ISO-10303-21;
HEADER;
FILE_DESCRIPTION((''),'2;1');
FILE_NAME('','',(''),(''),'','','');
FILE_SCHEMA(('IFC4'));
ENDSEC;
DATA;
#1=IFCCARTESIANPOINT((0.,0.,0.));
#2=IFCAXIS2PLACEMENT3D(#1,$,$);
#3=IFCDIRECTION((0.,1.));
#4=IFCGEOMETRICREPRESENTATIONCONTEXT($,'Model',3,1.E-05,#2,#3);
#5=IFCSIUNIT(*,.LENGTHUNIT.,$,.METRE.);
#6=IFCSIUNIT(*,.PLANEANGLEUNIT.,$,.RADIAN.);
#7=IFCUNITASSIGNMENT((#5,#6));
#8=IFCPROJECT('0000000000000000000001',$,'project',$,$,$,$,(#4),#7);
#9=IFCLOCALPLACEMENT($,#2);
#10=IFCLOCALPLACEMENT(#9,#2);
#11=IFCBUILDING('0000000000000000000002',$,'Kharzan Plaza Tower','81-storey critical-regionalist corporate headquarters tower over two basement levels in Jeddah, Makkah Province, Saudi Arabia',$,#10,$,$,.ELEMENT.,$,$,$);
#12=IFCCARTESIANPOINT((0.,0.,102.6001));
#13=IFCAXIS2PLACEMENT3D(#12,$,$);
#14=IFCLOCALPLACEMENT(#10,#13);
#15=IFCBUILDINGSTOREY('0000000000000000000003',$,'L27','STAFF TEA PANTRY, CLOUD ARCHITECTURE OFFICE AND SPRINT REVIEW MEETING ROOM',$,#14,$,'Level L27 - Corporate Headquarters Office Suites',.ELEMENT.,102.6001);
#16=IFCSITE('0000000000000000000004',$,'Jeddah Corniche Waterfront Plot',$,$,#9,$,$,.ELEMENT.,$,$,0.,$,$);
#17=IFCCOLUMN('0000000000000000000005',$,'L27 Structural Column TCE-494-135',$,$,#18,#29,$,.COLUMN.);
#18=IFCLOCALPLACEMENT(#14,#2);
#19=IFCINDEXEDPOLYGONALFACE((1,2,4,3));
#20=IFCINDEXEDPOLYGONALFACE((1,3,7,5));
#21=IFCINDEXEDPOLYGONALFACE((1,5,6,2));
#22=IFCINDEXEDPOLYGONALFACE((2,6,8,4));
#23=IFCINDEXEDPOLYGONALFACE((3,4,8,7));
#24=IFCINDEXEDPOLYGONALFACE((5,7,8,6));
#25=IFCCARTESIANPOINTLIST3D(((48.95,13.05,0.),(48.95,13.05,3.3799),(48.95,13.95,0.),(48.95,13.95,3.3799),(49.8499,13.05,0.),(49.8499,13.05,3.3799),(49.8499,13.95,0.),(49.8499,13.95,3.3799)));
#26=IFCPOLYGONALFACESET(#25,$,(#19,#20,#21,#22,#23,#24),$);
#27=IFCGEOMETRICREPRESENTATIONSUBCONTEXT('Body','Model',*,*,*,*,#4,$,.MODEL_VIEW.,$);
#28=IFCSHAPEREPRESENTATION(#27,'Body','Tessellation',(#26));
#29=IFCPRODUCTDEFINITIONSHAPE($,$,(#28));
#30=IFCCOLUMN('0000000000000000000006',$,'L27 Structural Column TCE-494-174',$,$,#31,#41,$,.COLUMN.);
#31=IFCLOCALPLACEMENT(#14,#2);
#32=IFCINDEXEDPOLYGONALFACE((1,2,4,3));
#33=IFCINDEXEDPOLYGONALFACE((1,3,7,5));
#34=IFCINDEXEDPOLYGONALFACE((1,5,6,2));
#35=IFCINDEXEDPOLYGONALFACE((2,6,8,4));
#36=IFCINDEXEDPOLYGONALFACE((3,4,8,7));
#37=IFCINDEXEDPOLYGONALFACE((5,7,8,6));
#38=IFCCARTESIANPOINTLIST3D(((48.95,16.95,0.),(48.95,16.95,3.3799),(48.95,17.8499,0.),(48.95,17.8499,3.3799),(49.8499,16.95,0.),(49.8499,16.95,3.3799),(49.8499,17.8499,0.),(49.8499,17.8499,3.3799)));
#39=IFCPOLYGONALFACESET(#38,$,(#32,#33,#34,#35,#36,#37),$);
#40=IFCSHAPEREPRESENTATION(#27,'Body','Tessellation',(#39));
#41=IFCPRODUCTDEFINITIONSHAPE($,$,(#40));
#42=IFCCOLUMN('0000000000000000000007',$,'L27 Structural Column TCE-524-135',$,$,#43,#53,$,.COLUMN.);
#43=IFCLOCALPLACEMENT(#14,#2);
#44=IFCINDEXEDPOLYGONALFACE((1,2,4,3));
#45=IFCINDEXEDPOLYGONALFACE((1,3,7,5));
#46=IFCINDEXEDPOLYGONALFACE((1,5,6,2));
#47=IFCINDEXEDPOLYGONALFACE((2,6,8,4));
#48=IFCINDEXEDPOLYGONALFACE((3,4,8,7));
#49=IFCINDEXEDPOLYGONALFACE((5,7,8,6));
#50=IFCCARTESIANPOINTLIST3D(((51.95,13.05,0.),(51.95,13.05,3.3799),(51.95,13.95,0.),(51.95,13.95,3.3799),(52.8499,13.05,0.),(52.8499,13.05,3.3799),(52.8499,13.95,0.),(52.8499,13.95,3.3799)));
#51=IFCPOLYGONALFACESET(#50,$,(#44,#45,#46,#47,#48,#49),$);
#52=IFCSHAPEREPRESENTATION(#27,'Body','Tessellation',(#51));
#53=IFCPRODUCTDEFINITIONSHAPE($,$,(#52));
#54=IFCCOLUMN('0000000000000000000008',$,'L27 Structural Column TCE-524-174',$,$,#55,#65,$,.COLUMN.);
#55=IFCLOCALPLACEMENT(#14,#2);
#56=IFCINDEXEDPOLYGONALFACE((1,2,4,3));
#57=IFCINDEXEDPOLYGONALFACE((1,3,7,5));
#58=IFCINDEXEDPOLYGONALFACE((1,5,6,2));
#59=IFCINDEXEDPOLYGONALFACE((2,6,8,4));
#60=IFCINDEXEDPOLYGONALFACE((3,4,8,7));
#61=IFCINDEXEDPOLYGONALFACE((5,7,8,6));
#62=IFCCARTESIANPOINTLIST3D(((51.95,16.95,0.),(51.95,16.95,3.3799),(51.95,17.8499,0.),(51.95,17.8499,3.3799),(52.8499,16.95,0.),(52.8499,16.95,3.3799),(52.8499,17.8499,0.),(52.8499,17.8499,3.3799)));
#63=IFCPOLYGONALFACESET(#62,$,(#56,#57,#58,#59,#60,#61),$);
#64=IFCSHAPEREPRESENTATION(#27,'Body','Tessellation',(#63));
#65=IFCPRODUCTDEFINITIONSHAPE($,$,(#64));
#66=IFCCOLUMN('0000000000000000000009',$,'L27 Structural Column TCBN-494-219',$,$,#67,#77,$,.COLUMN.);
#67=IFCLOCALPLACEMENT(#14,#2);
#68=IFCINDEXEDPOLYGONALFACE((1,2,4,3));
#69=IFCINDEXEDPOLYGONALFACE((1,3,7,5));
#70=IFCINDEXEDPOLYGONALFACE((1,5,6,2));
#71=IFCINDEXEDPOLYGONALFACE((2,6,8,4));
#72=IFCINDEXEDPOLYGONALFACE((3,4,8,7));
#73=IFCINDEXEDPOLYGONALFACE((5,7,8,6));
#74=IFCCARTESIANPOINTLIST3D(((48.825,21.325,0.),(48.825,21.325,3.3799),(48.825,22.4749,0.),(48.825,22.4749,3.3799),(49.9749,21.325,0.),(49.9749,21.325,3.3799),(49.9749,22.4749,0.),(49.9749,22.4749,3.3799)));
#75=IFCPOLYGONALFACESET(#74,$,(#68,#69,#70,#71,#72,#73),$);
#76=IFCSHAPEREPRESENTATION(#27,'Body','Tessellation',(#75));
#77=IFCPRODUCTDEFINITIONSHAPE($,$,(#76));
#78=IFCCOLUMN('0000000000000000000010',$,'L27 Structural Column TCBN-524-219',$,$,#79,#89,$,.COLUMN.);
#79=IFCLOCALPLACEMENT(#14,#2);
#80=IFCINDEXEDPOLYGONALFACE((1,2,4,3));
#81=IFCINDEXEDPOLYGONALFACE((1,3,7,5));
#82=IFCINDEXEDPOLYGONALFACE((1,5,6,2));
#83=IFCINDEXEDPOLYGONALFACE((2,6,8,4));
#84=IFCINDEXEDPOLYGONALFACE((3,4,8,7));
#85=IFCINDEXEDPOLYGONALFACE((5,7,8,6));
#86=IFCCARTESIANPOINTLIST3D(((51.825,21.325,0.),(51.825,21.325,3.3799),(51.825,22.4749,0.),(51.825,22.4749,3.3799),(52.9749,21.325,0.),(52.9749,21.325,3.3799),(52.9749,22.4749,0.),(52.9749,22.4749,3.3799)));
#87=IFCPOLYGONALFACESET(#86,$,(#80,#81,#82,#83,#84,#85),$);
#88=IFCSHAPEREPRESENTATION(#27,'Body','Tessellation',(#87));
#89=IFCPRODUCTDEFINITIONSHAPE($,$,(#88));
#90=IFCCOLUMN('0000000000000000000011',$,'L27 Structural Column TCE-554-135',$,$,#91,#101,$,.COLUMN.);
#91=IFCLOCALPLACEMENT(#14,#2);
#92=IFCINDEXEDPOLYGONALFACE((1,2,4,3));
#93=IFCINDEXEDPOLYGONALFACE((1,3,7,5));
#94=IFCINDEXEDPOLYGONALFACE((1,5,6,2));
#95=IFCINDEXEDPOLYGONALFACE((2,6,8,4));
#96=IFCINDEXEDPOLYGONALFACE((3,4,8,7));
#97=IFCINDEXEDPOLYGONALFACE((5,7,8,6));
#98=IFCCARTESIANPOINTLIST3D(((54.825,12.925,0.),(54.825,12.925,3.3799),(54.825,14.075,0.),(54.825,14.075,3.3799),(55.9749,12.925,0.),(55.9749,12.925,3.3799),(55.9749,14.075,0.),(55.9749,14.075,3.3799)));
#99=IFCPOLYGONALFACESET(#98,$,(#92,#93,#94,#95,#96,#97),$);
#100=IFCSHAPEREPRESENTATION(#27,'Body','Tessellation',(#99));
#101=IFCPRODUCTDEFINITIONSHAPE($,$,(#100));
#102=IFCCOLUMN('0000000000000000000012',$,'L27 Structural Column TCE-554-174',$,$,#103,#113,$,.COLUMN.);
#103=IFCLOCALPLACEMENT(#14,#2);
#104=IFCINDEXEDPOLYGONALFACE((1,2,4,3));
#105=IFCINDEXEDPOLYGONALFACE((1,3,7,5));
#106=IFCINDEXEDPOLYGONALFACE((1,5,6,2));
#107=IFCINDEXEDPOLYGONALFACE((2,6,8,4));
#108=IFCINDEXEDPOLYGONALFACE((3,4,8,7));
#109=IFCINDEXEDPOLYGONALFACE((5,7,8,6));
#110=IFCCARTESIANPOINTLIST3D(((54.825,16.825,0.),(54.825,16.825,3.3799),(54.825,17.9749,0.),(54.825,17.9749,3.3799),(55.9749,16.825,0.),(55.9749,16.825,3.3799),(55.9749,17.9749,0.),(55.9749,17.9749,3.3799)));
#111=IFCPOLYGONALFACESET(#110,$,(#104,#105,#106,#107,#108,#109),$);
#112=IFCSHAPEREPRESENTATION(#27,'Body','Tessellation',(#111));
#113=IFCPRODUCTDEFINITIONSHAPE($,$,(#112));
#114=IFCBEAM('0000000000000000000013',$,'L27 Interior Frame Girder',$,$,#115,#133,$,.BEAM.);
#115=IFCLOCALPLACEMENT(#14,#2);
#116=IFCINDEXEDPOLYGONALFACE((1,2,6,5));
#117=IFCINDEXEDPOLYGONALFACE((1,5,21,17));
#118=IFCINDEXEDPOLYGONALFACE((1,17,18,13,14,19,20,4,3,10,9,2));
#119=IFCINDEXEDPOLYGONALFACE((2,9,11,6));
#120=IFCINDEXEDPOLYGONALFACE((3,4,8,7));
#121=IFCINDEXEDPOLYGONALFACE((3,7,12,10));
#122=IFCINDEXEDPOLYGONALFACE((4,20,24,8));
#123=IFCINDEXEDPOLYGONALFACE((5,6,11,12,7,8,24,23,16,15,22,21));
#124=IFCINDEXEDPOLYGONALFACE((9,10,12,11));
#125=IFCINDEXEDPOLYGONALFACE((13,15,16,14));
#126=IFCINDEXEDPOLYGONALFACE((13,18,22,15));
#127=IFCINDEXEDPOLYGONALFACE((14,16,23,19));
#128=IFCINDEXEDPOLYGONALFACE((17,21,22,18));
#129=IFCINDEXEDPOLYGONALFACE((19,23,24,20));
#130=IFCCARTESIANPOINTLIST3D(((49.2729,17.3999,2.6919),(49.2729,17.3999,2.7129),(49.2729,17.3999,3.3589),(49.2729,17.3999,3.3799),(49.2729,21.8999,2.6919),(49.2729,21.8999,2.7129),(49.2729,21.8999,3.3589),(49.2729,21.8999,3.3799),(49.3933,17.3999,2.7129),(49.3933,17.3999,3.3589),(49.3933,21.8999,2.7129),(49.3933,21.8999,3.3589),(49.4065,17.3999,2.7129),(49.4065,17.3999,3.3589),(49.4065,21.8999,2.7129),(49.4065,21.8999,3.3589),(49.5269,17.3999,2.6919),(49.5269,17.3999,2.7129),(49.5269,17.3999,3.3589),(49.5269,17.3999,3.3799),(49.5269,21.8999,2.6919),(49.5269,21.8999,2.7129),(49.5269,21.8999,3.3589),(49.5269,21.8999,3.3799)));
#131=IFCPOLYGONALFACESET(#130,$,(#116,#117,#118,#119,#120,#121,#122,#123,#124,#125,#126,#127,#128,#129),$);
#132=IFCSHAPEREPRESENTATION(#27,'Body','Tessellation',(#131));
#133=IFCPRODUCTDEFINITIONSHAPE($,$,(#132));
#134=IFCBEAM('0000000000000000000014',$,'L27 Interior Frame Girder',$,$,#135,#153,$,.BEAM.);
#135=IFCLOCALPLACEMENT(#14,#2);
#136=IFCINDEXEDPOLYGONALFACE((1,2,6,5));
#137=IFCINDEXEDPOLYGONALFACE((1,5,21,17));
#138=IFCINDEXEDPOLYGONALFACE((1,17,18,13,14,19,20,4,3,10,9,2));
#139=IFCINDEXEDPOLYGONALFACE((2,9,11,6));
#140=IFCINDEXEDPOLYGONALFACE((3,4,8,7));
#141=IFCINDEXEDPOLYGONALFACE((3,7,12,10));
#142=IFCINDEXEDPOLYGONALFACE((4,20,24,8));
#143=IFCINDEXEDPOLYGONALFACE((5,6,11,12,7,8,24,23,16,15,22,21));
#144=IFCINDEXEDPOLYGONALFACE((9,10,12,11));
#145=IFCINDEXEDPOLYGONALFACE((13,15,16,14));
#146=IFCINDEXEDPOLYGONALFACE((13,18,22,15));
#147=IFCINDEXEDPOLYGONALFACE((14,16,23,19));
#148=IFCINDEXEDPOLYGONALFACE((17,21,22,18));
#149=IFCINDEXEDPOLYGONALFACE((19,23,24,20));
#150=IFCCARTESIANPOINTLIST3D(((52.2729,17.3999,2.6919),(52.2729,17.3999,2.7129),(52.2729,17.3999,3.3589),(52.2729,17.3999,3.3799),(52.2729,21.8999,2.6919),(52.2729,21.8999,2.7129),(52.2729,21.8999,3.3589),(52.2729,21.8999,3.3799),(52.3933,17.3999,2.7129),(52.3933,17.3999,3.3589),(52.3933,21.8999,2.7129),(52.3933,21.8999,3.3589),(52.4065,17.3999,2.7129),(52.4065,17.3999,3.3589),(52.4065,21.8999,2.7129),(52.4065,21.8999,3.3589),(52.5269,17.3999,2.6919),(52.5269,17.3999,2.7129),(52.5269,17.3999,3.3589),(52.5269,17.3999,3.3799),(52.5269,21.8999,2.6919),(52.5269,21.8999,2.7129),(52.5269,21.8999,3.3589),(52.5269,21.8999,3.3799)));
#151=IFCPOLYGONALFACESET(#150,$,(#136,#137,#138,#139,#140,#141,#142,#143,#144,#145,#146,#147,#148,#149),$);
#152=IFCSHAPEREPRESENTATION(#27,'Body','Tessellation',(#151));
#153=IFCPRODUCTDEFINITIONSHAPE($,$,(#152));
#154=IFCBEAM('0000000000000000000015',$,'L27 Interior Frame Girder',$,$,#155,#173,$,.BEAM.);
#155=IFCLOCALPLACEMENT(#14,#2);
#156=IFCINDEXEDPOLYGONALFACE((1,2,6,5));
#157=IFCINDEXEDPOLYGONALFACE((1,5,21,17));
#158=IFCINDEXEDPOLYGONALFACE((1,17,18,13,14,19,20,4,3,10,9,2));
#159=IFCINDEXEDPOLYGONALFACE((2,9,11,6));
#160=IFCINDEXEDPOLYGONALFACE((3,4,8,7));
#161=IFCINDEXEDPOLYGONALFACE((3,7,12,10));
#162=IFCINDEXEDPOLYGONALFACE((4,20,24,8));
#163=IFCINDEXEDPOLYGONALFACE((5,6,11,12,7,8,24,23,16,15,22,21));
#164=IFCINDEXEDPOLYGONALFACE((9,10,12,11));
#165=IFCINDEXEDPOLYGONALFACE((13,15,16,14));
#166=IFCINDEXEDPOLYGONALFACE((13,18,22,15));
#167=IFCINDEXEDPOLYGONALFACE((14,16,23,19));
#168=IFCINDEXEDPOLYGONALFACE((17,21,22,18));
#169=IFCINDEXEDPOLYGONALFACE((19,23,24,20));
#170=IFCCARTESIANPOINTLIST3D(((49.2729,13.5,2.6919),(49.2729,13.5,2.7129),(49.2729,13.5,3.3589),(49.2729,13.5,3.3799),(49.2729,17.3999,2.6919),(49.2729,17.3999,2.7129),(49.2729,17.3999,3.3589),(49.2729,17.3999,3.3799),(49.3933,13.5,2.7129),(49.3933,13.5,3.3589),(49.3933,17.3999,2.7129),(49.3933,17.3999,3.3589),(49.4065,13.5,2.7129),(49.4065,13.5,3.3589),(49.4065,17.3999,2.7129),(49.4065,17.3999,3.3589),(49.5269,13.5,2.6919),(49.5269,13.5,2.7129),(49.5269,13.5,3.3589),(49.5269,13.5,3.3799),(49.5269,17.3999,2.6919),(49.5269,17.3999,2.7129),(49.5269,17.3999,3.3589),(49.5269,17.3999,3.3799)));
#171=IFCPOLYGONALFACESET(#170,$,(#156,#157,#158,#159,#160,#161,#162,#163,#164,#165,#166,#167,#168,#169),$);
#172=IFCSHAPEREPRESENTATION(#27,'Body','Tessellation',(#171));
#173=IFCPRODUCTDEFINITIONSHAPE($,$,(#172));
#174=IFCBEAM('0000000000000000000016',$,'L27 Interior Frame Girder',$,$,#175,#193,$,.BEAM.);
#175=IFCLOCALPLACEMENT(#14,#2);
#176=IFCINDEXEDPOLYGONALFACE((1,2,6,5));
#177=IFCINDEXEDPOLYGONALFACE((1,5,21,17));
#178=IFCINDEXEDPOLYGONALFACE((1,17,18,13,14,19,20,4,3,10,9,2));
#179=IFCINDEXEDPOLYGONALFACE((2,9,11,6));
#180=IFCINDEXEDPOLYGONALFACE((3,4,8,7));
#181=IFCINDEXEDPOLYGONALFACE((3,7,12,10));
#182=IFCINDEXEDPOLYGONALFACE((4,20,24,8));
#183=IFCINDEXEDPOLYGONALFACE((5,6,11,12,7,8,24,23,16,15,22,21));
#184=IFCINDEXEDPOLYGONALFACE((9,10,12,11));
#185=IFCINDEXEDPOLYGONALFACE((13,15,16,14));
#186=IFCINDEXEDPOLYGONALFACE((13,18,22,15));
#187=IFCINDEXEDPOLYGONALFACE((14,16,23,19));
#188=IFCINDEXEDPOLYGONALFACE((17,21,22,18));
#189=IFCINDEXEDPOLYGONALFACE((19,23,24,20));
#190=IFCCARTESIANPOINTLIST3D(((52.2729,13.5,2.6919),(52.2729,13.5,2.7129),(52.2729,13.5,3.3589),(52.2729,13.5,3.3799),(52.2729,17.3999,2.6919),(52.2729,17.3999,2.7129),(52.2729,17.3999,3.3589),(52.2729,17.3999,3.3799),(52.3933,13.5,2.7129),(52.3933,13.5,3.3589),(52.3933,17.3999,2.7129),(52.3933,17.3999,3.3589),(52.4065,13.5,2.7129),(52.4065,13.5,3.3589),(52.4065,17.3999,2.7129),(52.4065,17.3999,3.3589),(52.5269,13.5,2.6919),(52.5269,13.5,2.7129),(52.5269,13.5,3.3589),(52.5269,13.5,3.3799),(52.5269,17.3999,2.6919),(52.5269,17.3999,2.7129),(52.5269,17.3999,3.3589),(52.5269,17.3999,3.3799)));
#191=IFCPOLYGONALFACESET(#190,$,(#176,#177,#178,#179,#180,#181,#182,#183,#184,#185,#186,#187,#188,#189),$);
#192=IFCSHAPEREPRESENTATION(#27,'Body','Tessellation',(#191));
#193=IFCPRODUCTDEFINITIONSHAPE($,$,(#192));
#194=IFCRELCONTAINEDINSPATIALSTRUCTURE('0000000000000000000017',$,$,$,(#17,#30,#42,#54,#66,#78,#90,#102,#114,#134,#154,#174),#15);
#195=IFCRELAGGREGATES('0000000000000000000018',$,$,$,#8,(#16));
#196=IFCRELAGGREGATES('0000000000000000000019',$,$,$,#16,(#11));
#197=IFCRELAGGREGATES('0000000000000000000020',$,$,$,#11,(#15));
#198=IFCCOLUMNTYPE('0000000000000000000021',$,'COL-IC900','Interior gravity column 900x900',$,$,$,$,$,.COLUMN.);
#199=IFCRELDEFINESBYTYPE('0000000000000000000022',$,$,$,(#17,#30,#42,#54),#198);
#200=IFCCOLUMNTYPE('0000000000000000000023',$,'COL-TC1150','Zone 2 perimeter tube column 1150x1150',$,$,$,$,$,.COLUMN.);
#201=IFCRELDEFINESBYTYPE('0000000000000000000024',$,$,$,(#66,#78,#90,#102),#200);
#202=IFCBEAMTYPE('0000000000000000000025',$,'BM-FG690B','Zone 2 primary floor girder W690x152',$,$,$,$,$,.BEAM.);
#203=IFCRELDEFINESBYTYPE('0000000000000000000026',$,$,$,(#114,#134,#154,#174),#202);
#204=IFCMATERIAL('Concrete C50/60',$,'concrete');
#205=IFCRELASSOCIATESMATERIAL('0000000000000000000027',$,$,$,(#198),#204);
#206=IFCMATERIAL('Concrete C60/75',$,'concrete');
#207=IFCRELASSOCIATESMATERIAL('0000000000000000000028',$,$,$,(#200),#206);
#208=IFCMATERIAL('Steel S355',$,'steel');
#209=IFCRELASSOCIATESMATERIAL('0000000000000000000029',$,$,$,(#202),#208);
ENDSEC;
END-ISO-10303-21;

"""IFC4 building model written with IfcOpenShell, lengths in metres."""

from ifc_helpers import new_model, si_unit, direction, frame, origin, origin_2d, place, context, subcontext, project, spatial, rectangle, i_section, extrude, source, transform, mapped, material, material_profile, profile_set, type_object, element, save


model = new_model("IFC4")

# Units and contexts
model_context = context("Model", 3, precision=1e-05, world=origin(), true_north=direction((0.0, 1.0)))
body_context = subcontext(model_context, "Body", "Model", "MODEL_VIEW")
ifc_project = project(units=[si_unit("LENGTHUNIT", "METRE"), si_unit("PLANEANGLEUNIT", "RADIAN")], contexts=[model_context])

# Site, building, storey
site_placement = place(None, origin())
site = spatial("IfcSite", under=ifc_project, at=site_placement, Name="Jeddah Corniche Waterfront Plot", CompositionType="ELEMENT", RefElevation=0.0)
building_placement = place(site_placement, origin())
building = spatial("IfcBuilding", under=site, at=building_placement, Name="Kharzan Plaza Tower", Description="81-storey critical-regionalist corporate headquarters tower over two basement levels in Jeddah, Makkah Province, Saudi Arabia", CompositionType="ELEMENT")
storey_placement = place(building_placement, frame((0.0, 0.0, 102.6001)))
storey = spatial("IfcBuildingStorey", under=building, at=storey_placement, Name="L27", Description="STAFF TEA PANTRY, CLOUD ARCHITECTURE OFFICE AND SPRINT REVIEW MEETING ROOM", LongName="Level L27 - Corporate Headquarters Office Suites", CompositionType="ELEMENT", Elevation=102.6001)

# Columns
ifc_material_1 = material(Name="Concrete C50/60", Category="concrete")
ifc_material_profile_1 = material_profile(ifc_material_1, rectangle(XDim=0.8999, YDim=0.8999, at=origin_2d()), Name="RC-IC900x900")
ifc_profile_set_1 = profile_set([ifc_material_profile_1], Name="Concrete C50/60")
column_type_1 = type_object("IfcColumnType", Name="COL-IC900", Description="Interior gravity column 900x900", PredefinedType="COLUMN", material=ifc_profile_set_1)
shared_shape_1 = source(origin(), body_context, "Body", "SweptSolid", [
    extrude(rectangle(XDim=0.8999, YDim=0.8999, at=origin_2d()), origin(), (0.0, 0.0, 1.0), 3.3799),
])
for number, where, z_axis, x_axis, name in (
    (1, (49.3999, 13.5, 0.0), (0.0, 0.0, 1.0), (1.0, 0.0, 0.0), "L27 Structural Column TCE-494-135"),
    (2, (49.3999, 17.3999, 0.0), (0.0, 0.0, 1.0), (1.0, 0.0, 0.0), "L27 Structural Column TCE-494-174"),
    (3, (52.3999, 13.5, 0.0), (0.0, 0.0, 1.0), (1.0, 0.0, 0.0), "L27 Structural Column TCE-524-135"),
    (4, (52.3999, 17.3999, 0.0), (0.0, 0.0, 1.0), (1.0, 0.0, 0.0), "L27 Structural Column TCE-524-174"),
):
    element("IfcColumn", number, at=place(storey_placement, frame(where, z_axis=z_axis, x_axis=x_axis)), inside=storey, type_object=column_type_1, Name=name, PredefinedType="COLUMN", context=body_context, shape_type="MappedRepresentation", body=[
        mapped(shared_shape_1, transform((0.0, 0.0, 0.0), x_axis=(1.0, 0.0, 0.0), y_axis=(0.0, 1.0, 0.0), z_axis=(0.0, 0.0, 1.0))),
    ])
ifc_material_2 = material(Name="Concrete C60/75", Category="concrete")
ifc_material_profile_2 = material_profile(ifc_material_2, rectangle(XDim=1.1499, YDim=1.1499, at=origin_2d()), Name="RC-TC1150x1150")
ifc_profile_set_2 = profile_set([ifc_material_profile_2], Name="Concrete C60/75")
column_type_2 = type_object("IfcColumnType", Name="COL-TC1150", Description="Zone 2 perimeter tube column 1150x1150", PredefinedType="COLUMN", material=ifc_profile_set_2)
shared_shape_2 = source(origin(), body_context, "Body", "SweptSolid", [
    extrude(rectangle(XDim=1.1499, YDim=1.1499, at=origin_2d()), origin(), (0.0, 0.0, 1.0), 3.3799),
])
for number, where, z_axis, x_axis, name in (
    (5, (49.3999, 21.8999, 0.0), (0.0, 0.0, 1.0), (1.0, 0.0, 0.0), "L27 Structural Column TCBN-494-219"),
    (6, (52.3999, 21.8999, 0.0), (0.0, 0.0, 1.0), (1.0, 0.0, 0.0), "L27 Structural Column TCBN-524-219"),
    (7, (55.3999, 13.5, 0.0), (0.0, 0.0, 1.0), (1.0, 0.0, 0.0), "L27 Structural Column TCE-554-135"),
    (8, (55.3999, 17.3999, 0.0), (0.0, 0.0, 1.0), (1.0, 0.0, 0.0), "L27 Structural Column TCE-554-174"),
):
    element("IfcColumn", number, at=place(storey_placement, frame(where, z_axis=z_axis, x_axis=x_axis)), inside=storey, type_object=column_type_2, Name=name, PredefinedType="COLUMN", context=body_context, shape_type="MappedRepresentation", body=[
        mapped(shared_shape_2, transform((0.0, 0.0, 0.0), x_axis=(1.0, 0.0, 0.0), y_axis=(0.0, 1.0, 0.0), z_axis=(0.0, 0.0, 1.0))),
    ])

# Beams
ifc_material_3 = material(Name="Steel S355", Category="steel")
ifc_material_profile_3 = material_profile(ifc_material_3, i_section(OverallWidth=0.2539, OverallDepth=0.688, WebThickness=0.0132, FlangeThickness=0.021, at=origin_2d()), Name="W690x152")
ifc_profile_set_3 = profile_set([ifc_material_profile_3], Name="Steel S355")
beam_type_1 = type_object("IfcBeamType", Name="BM-FG690B", Description="Zone 2 primary floor girder W690x152", PredefinedType="BEAM", material=ifc_profile_set_3)
shared_shape_3 = source(origin(), body_context, "Body", "SweptSolid", [
    extrude(i_section(OverallWidth=0.2539, OverallDepth=0.688, WebThickness=0.0132, FlangeThickness=0.021, at=origin_2d()), origin(), (0.0, 0.0, 1.0), 4.5),
])
for number, where, z_axis, x_axis, name in (
    (9, (49.3999, 17.3999, 3.0359), (0.0, 1.0, 0.0), (-1.0, 0.0, 0.0), "L27 Interior Frame Girder"),
    (10, (52.3999, 17.3999, 3.0359), (0.0, 1.0, 0.0), (-1.0, 0.0, 0.0), "L27 Interior Frame Girder"),
):
    element("IfcBeam", number, at=place(storey_placement, frame(where, z_axis=z_axis, x_axis=x_axis)), inside=storey, type_object=beam_type_1, Name=name, PredefinedType="BEAM", context=body_context, shape_type="MappedRepresentation", body=[
        mapped(shared_shape_3, transform((0.0, 0.0, 0.0), x_axis=(1.0, 0.0, 0.0), y_axis=(0.0, 1.0, 0.0), z_axis=(0.0, 0.0, 1.0))),
    ])
shared_shape_4 = source(origin(), body_context, "Body", "SweptSolid", [
    extrude(i_section(OverallWidth=0.2539, OverallDepth=0.688, WebThickness=0.0132, FlangeThickness=0.021, at=origin_2d()), origin(), (0.0, 0.0, 1.0), 3.8999),
])
for number, where, z_axis, x_axis, name in (
    (11, (49.3999, 13.5, 3.0359), (0.0, 1.0, 0.0), (-1.0, 0.0, 0.0), "L27 Interior Frame Girder"),
    (12, (52.3999, 13.5, 3.0359), (0.0, 1.0, 0.0), (-1.0, 0.0, 0.0), "L27 Interior Frame Girder"),
):
    element("IfcBeam", number, at=place(storey_placement, frame(where, z_axis=z_axis, x_axis=x_axis)), inside=storey, type_object=beam_type_1, Name=name, PredefinedType="BEAM", context=body_context, shape_type="MappedRepresentation", body=[
        mapped(shared_shape_4, transform((0.0, 0.0, 0.0), x_axis=(1.0, 0.0, 0.0), y_axis=(0.0, 1.0, 0.0), z_axis=(0.0, 0.0, 1.0))),
    ])

save(model, "model.ifc")
